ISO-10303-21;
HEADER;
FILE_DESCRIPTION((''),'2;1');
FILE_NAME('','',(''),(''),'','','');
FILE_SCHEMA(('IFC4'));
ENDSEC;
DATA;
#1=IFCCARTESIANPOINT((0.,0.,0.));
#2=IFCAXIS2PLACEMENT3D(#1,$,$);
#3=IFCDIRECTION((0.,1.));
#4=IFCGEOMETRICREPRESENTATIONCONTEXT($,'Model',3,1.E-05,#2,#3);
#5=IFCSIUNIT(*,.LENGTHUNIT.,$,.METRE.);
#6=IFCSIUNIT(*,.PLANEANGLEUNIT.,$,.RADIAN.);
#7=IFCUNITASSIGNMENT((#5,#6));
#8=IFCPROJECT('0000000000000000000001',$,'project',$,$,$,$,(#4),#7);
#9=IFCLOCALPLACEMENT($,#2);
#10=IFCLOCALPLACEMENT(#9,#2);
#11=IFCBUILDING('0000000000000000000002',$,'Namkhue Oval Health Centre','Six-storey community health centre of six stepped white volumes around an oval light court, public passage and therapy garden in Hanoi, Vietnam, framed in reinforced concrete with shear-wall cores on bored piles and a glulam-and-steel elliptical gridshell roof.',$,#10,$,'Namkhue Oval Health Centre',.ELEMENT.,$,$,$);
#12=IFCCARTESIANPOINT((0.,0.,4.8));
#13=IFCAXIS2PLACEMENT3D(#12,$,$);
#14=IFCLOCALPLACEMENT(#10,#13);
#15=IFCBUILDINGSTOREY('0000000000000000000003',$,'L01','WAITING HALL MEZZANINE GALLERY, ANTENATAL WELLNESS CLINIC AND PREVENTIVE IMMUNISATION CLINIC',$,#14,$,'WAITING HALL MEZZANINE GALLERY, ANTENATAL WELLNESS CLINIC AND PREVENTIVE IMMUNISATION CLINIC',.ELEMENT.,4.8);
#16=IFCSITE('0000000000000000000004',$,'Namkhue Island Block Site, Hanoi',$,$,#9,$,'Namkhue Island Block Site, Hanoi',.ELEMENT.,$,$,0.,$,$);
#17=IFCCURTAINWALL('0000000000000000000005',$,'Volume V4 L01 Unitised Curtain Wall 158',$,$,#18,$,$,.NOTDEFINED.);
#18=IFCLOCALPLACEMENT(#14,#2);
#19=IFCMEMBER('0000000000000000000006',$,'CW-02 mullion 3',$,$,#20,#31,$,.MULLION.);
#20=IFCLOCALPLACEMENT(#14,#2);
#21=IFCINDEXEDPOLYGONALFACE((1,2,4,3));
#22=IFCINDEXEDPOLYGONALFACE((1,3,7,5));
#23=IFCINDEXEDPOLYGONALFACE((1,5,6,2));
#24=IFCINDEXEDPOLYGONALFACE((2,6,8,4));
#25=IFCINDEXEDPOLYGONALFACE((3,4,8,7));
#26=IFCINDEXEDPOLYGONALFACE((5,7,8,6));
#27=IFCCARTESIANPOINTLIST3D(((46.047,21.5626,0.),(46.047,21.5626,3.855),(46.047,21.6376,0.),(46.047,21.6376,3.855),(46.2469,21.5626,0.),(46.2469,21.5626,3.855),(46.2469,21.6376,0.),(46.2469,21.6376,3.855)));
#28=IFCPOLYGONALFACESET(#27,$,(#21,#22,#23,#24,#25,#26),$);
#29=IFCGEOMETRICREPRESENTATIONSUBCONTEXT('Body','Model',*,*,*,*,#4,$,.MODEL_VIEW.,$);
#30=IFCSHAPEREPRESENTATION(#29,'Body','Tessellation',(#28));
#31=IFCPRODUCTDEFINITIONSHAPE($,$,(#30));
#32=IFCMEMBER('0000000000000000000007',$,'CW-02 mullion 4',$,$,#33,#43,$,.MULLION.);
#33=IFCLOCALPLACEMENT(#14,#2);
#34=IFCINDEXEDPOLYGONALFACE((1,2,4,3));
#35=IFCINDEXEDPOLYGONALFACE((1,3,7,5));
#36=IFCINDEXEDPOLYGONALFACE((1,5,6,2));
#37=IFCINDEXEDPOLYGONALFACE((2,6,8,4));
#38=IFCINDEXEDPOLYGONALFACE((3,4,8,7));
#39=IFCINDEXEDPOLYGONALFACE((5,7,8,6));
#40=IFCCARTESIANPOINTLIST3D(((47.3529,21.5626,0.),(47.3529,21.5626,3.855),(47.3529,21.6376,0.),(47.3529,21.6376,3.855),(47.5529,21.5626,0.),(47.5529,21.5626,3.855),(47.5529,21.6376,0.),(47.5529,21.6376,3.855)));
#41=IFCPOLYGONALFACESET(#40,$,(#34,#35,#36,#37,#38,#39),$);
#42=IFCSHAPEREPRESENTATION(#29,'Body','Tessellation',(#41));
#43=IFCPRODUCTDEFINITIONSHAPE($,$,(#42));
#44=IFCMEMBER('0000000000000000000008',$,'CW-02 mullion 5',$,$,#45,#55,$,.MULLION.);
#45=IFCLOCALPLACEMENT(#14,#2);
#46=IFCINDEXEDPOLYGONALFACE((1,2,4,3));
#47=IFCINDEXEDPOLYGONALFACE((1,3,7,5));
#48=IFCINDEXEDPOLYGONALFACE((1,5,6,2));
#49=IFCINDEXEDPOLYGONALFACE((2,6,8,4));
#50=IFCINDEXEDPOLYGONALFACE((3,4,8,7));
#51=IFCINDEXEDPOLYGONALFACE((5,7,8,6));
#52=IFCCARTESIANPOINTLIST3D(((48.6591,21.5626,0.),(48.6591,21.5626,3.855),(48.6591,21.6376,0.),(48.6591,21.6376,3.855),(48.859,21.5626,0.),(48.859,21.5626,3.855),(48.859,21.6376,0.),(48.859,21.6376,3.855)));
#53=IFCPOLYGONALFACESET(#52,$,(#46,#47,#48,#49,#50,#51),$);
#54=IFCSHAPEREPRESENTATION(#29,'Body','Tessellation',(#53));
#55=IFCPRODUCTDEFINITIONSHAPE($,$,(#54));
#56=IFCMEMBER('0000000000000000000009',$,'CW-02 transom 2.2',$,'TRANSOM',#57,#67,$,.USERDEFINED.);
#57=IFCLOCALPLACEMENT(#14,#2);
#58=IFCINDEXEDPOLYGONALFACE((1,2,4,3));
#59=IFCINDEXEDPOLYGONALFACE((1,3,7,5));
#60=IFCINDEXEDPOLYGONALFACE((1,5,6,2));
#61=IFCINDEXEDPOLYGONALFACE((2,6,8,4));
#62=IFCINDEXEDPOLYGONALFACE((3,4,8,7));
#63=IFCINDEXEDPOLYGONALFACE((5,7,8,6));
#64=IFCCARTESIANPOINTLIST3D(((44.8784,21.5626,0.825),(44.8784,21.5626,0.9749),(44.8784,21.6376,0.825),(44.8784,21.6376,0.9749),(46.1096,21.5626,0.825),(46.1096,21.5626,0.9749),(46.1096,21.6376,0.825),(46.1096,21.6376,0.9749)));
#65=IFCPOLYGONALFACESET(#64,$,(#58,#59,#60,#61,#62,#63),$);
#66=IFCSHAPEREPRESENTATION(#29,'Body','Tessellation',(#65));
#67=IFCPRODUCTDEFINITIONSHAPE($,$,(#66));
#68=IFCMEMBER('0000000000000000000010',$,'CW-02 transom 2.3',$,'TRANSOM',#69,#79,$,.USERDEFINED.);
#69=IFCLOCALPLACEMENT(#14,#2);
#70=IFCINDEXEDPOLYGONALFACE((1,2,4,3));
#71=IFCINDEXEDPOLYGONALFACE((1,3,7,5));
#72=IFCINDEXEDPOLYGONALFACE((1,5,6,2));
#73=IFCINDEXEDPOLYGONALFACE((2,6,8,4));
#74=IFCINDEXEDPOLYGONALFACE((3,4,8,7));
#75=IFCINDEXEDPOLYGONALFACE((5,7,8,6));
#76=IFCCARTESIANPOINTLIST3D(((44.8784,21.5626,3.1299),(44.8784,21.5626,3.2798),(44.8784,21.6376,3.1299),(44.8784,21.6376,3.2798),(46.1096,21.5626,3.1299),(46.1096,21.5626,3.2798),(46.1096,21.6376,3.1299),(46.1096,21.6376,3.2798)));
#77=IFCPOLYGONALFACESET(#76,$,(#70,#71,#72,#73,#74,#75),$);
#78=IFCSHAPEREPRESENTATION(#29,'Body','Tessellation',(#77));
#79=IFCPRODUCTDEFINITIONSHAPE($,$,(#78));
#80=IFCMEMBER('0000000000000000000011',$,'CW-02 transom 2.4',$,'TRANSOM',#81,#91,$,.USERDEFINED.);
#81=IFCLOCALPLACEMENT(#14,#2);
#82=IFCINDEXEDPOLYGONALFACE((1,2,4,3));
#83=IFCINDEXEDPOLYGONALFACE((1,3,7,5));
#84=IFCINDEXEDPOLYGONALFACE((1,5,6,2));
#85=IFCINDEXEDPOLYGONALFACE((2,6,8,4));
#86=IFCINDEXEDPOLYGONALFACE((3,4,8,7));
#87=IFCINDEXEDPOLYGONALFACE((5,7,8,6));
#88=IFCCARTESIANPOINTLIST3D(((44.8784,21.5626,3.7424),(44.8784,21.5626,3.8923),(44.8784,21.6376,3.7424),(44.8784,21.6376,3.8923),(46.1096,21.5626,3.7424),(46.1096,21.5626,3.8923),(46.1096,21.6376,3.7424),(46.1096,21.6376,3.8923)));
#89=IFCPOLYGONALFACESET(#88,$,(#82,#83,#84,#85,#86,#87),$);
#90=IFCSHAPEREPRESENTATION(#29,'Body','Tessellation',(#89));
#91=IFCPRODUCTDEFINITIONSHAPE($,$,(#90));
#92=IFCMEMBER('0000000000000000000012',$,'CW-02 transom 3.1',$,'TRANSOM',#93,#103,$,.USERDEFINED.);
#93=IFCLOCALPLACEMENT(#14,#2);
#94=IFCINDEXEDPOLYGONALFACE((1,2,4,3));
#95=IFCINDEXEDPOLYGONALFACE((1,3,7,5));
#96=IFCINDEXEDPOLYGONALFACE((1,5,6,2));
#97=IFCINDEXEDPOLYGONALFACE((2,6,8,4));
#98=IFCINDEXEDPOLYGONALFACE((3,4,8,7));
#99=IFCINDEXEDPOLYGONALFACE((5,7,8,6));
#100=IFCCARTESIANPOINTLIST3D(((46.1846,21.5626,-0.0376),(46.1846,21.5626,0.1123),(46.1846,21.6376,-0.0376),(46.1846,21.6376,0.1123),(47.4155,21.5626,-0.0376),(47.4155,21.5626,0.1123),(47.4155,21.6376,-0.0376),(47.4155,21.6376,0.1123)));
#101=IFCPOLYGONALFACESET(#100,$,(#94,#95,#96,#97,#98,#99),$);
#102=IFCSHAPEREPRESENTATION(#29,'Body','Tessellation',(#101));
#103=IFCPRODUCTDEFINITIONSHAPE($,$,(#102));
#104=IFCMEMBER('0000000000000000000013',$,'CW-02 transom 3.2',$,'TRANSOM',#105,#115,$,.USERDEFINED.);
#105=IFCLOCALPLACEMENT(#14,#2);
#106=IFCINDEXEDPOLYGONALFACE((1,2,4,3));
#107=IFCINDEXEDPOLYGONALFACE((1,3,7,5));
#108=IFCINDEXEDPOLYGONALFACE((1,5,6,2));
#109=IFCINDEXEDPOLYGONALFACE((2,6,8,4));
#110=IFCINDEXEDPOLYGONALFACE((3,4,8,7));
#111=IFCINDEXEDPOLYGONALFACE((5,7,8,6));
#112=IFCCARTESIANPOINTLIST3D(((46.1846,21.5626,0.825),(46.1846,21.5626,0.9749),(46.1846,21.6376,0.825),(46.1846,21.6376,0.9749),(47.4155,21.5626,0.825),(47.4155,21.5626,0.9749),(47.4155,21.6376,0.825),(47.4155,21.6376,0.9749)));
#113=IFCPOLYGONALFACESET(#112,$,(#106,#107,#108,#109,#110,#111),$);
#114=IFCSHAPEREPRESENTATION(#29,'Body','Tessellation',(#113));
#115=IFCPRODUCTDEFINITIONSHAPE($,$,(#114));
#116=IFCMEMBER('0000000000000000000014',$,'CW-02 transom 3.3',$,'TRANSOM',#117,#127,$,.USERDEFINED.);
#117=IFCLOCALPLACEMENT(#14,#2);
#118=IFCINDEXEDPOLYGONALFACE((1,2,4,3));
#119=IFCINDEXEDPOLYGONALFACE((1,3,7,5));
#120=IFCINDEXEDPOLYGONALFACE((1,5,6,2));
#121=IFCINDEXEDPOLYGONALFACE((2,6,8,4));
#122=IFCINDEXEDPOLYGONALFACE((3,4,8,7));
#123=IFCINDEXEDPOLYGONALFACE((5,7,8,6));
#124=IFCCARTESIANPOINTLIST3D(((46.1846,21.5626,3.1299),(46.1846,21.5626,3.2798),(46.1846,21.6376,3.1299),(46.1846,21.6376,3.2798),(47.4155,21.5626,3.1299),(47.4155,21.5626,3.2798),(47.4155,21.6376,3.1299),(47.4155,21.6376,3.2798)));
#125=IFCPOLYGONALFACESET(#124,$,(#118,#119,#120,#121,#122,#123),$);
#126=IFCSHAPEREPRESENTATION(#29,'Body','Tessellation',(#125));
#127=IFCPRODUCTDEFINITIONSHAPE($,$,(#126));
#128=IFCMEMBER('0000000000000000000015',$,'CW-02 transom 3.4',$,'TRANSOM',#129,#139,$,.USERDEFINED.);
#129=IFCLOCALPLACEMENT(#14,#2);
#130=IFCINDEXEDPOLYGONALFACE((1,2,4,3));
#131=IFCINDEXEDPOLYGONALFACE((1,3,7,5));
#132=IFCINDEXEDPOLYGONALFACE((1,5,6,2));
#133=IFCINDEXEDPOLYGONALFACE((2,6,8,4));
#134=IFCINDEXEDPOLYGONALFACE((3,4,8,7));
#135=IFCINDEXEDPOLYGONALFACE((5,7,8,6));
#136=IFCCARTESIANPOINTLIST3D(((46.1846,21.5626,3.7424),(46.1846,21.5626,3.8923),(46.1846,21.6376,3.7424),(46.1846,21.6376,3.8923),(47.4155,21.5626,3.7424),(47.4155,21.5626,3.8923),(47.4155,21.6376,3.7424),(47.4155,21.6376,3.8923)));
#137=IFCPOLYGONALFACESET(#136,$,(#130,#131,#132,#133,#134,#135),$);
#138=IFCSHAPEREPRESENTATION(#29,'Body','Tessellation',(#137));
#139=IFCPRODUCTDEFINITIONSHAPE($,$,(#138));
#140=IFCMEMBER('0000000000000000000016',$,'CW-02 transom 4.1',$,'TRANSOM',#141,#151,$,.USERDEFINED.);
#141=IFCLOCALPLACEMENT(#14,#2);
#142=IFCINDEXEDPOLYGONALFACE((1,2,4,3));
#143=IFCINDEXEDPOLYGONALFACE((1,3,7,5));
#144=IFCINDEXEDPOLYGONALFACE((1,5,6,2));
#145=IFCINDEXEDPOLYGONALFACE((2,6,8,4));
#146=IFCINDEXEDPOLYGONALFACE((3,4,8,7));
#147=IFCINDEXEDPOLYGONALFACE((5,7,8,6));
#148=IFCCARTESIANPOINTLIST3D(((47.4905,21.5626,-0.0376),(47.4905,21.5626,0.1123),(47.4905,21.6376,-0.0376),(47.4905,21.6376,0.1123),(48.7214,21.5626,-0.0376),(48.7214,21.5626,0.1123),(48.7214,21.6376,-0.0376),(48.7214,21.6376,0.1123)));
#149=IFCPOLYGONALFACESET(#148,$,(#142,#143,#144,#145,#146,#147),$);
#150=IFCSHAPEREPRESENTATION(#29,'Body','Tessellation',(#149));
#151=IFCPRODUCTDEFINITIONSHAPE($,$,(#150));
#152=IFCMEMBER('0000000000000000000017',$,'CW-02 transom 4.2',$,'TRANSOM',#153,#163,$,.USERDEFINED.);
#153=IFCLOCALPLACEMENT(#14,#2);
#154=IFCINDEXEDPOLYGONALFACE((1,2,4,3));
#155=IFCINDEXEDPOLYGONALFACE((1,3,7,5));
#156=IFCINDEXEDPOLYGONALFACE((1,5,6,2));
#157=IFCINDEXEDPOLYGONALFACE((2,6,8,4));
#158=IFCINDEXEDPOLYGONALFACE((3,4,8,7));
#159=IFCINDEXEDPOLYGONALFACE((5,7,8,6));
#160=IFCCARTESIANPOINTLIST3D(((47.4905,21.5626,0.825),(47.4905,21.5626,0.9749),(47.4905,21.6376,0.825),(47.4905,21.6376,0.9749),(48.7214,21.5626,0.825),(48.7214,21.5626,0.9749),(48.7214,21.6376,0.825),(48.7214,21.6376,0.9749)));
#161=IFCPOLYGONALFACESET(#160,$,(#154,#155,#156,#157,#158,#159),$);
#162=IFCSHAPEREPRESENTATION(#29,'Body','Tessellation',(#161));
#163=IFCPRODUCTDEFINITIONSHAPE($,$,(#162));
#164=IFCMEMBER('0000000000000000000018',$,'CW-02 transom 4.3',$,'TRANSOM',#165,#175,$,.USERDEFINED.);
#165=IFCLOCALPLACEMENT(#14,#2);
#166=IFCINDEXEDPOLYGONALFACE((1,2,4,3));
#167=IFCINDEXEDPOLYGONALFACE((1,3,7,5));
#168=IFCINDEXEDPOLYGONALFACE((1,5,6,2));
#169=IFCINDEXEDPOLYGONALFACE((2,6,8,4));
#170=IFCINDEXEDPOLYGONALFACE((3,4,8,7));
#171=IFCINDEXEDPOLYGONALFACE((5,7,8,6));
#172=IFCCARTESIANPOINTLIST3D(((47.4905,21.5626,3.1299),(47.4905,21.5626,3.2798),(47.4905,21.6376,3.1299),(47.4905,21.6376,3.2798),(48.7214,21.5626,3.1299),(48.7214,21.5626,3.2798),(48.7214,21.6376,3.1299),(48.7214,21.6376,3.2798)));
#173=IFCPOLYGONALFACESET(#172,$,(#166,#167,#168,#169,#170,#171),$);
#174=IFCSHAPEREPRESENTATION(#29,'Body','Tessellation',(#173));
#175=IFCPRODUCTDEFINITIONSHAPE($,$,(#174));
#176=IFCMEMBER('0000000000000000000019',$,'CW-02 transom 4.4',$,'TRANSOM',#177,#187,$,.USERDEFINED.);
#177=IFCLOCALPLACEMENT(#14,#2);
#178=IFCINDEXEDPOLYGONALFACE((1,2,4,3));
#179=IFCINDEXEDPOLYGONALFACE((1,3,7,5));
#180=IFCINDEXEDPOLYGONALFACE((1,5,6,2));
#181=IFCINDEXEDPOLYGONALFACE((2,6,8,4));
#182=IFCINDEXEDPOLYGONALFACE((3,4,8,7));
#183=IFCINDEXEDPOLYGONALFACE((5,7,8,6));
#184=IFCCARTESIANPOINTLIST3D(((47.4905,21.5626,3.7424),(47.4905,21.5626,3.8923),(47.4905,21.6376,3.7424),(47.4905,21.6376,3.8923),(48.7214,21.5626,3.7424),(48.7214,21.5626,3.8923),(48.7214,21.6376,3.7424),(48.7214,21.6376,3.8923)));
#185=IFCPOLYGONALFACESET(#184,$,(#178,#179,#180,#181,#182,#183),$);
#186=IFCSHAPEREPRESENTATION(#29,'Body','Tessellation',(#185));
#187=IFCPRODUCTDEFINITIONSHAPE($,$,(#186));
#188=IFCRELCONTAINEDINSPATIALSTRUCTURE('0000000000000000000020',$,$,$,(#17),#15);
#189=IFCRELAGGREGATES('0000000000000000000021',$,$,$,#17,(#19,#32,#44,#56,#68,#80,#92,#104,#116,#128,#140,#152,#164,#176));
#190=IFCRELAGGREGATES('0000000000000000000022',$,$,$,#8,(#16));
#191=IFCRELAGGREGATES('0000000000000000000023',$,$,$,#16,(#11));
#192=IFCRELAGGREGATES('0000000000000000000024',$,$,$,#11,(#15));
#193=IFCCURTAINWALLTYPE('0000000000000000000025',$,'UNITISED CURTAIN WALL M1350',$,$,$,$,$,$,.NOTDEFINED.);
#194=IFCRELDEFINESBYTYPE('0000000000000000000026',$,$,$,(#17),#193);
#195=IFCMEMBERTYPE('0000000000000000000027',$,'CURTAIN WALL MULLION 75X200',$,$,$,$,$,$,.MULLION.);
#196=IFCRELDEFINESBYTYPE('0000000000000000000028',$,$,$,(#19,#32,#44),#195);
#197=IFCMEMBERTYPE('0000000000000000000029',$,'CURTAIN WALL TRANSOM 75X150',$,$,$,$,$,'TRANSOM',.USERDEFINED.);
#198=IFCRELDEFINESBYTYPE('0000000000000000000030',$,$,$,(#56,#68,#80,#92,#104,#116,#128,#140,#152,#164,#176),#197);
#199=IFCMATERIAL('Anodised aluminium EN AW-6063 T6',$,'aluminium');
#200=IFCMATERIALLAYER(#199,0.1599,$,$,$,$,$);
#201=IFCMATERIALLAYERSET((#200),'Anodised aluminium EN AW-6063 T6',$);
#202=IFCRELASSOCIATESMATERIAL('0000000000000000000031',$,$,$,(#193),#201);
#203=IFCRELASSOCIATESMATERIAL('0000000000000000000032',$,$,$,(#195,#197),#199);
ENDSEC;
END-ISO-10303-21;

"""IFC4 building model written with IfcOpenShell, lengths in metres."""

from ifc_helpers import new_model, si_unit, direction, frame, origin, origin_2d, place, context, subcontext, project, spatial, rectangle, extrude, material, layer, layer_set, material_profile, profile_set, type_object, element, aggregate, save


model = new_model("IFC4")

# Units and contexts
model_context = context("Model", 3, precision=1e-05, world=origin(), true_north=direction((0.0, 1.0)))
body_context = subcontext(model_context, "Body", "Model", "MODEL_VIEW")
ifc_project = project(units=[si_unit("LENGTHUNIT", "METRE"), si_unit("PLANEANGLEUNIT", "RADIAN")], contexts=[model_context])

# Site, building, storey
site_placement = place(None, origin())
site = spatial("IfcSite", under=ifc_project, at=site_placement, Name="Namkhue Island Block Site, Hanoi", LongName="Namkhue Island Block Site, Hanoi", CompositionType="ELEMENT", RefElevation=0.0)
building_placement = place(site_placement, origin())
building = spatial("IfcBuilding", under=site, at=building_placement, Name="Namkhue Oval Health Centre", Description="Six-storey community health centre of six stepped white volumes around an oval light court, public passage and therapy garden in Hanoi, Vietnam, framed in reinforced concrete with shear-wall cores on bored piles and a glulam-and-steel elliptical gridshell roof.", LongName="Namkhue Oval Health Centre", CompositionType="ELEMENT")
storey_placement = place(building_placement, frame((0.0, 0.0, 4.8)))
storey = spatial("IfcBuildingStorey", under=building, at=storey_placement, Name="L01", Description="WAITING HALL MEZZANINE GALLERY, ANTENATAL WELLNESS CLINIC AND PREVENTIVE IMMUNISATION CLINIC", LongName="WAITING HALL MEZZANINE GALLERY, ANTENATAL WELLNESS CLINIC AND PREVENTIVE IMMUNISATION CLINIC", CompositionType="ELEMENT", Elevation=4.8)

# Curtain wall, members
ifc_material_1 = material(Name="Anodised aluminium EN AW-6063 T6", Category="aluminium")
ifc_layer_1 = layer(ifc_material_1, 0.1599)
ifc_layer_set_1 = layer_set([ifc_layer_1], Name="Anodised aluminium EN AW-6063 T6")
curtain_wall_type = type_object("IfcCurtainWallType", Name="UNITISED CURTAIN WALL M1350", PredefinedType="NOTDEFINED", material=ifc_layer_set_1)
curtain_wall_placement = place(storey_placement, origin())
curtain_wall = element("IfcCurtainWall", 1, at=curtain_wall_placement, inside=storey, type_object=curtain_wall_type, Name="Volume V4 L01 Unitised Curtain Wall 158", PredefinedType="NOTDEFINED")
ifc_material_profile_1 = material_profile(ifc_material_1, rectangle(XDim=0.075, YDim=0.2, at=origin_2d()), Name="ALU 75x200")
ifc_profile_set_1 = profile_set([ifc_material_profile_1], Name="Anodised aluminium EN AW-6063 T6")
member_type_1 = type_object("IfcMemberType", Name="CURTAIN WALL MULLION 75X200", PredefinedType="MULLION", material=ifc_profile_set_1)
member_1_placement = place(storey_placement, frame((46.147, 21.6001, 0.0), z_axis=(0.0, 0.0, 1.0), x_axis=(0.0, 1.0, 0.0)))
member_1 = element("IfcMember", 2, at=member_1_placement, type_object=member_type_1, Name="CW-02 mullion 3", PredefinedType="MULLION", context=body_context, shape_type="SweptSolid", body=[
    extrude(rectangle(XDim=0.075, YDim=0.2, at=origin_2d()), origin(), (0.0, 0.0, 1.0), 3.855),
])
member_2_placement = place(storey_placement, frame((47.4529, 21.6001, 0.0), z_axis=(0.0, 0.0, 1.0), x_axis=(0.0, 1.0, 0.0)))
member_2 = element("IfcMember", 3, at=member_2_placement, type_object=member_type_1, Name="CW-02 mullion 4", PredefinedType="MULLION", context=body_context, shape_type="SweptSolid", body=[
    extrude(rectangle(XDim=0.075, YDim=0.2, at=origin_2d()), origin(), (0.0, 0.0, 1.0), 3.855),
])
member_3_placement = place(storey_placement, frame((48.759, 21.6001, 0.0), z_axis=(0.0, 0.0, 1.0), x_axis=(0.0, 1.0, 0.0)))
member_3 = element("IfcMember", 4, at=member_3_placement, type_object=member_type_1, Name="CW-02 mullion 5", PredefinedType="MULLION", context=body_context, shape_type="SweptSolid", body=[
    extrude(rectangle(XDim=0.075, YDim=0.2, at=origin_2d()), origin(), (0.0, 0.0, 1.0), 3.855),
])
ifc_material_profile_2 = material_profile(ifc_material_1, rectangle(XDim=0.075, YDim=0.1499, at=origin_2d()), Name="ALU 75x150")
ifc_profile_set_2 = profile_set([ifc_material_profile_2], Name="Anodised aluminium EN AW-6063 T6")
member_type_2 = type_object("IfcMemberType", Name="CURTAIN WALL TRANSOM 75X150", ElementType="TRANSOM", PredefinedType="USERDEFINED", material=ifc_profile_set_2)
member_4_placement = place(storey_placement, frame((44.8784, 21.6001, 0.8999), z_axis=(1.0, 0.0, 0.0), x_axis=(0.0, 1.0, 0.0)))
member_4 = element("IfcMember", 5, at=member_4_placement, type_object=member_type_2, Name="CW-02 transom 2.2", ObjectType="TRANSOM", PredefinedType="USERDEFINED", context=body_context, shape_type="SweptSolid", body=[
    extrude(rectangle(XDim=0.075, YDim=0.1499, at=origin_2d()), origin(), (0.0, 0.0, 1.0), 1.2312),
])
member_5_placement = place(storey_placement, frame((44.8784, 21.6001, 3.2048), z_axis=(1.0, 0.0, 0.0), x_axis=(0.0, 1.0, 0.0)))
member_5 = element("IfcMember", 6, at=member_5_placement, type_object=member_type_2, Name="CW-02 transom 2.3", ObjectType="TRANSOM", PredefinedType="USERDEFINED", context=body_context, shape_type="SweptSolid", body=[
    extrude(rectangle(XDim=0.075, YDim=0.1499, at=origin_2d()), origin(), (0.0, 0.0, 1.0), 1.2312),
])
member_6_placement = place(storey_placement, frame((44.8784, 21.6001, 3.8174), z_axis=(1.0, 0.0, 0.0), x_axis=(0.0, 1.0, 0.0)))
member_6 = element("IfcMember", 7, at=member_6_placement, type_object=member_type_2, Name="CW-02 transom 2.4", ObjectType="TRANSOM", PredefinedType="USERDEFINED", context=body_context, shape_type="SweptSolid", body=[
    extrude(rectangle(XDim=0.075, YDim=0.1499, at=origin_2d()), origin(), (0.0, 0.0, 1.0), 1.2312),
])
member_7_placement = place(storey_placement, frame((46.1846, 21.6001, 0.0374), z_axis=(1.0, 0.0, 0.0), x_axis=(0.0, 1.0, 0.0)))
member_7 = element("IfcMember", 8, at=member_7_placement, type_object=member_type_2, Name="CW-02 transom 3.1", ObjectType="TRANSOM", PredefinedType="USERDEFINED", context=body_context, shape_type="SweptSolid", body=[
    extrude(rectangle(XDim=0.075, YDim=0.1499, at=origin_2d()), origin(), (0.0, 0.0, 1.0), 1.231),
])
member_8_placement = place(storey_placement, frame((46.1846, 21.6001, 0.8999), z_axis=(1.0, 0.0, 0.0), x_axis=(0.0, 1.0, 0.0)))
member_8 = element("IfcMember", 9, at=member_8_placement, type_object=member_type_2, Name="CW-02 transom 3.2", ObjectType="TRANSOM", PredefinedType="USERDEFINED", context=body_context, shape_type="SweptSolid", body=[
    extrude(rectangle(XDim=0.075, YDim=0.1499, at=origin_2d()), origin(), (0.0, 0.0, 1.0), 1.231),
])
member_9_placement = place(storey_placement, frame((46.1846, 21.6001, 3.2048), z_axis=(1.0, 0.0, 0.0), x_axis=(0.0, 1.0, 0.0)))
member_9 = element("IfcMember", 10, at=member_9_placement, type_object=member_type_2, Name="CW-02 transom 3.3", ObjectType="TRANSOM", PredefinedType="USERDEFINED", context=body_context, shape_type="SweptSolid", body=[
    extrude(rectangle(XDim=0.075, YDim=0.1499, at=origin_2d()), origin(), (0.0, 0.0, 1.0), 1.231),
])
member_10_placement = place(storey_placement, frame((46.1846, 21.6001, 3.8174), z_axis=(1.0, 0.0, 0.0), x_axis=(0.0, 1.0, 0.0)))
member_10 = element("IfcMember", 11, at=member_10_placement, type_object=member_type_2, Name="CW-02 transom 3.4", ObjectType="TRANSOM", PredefinedType="USERDEFINED", context=body_context, shape_type="SweptSolid", body=[
    extrude(rectangle(XDim=0.075, YDim=0.1499, at=origin_2d()), origin(), (0.0, 0.0, 1.0), 1.231),
])
member_11_placement = place(storey_placement, frame((47.4905, 21.6001, 0.0374), z_axis=(1.0, 0.0, 0.0), x_axis=(0.0, 1.0, 0.0)))
member_11 = element("IfcMember", 12, at=member_11_placement, type_object=member_type_2, Name="CW-02 transom 4.1", ObjectType="TRANSOM", PredefinedType="USERDEFINED", context=body_context, shape_type="SweptSolid", body=[
    extrude(rectangle(XDim=0.075, YDim=0.1499, at=origin_2d()), origin(), (0.0, 0.0, 1.0), 1.231),
])
member_12_placement = place(storey_placement, frame((47.4905, 21.6001, 0.8999), z_axis=(1.0, 0.0, 0.0), x_axis=(0.0, 1.0, 0.0)))
member_12 = element("IfcMember", 13, at=member_12_placement, type_object=member_type_2, Name="CW-02 transom 4.2", ObjectType="TRANSOM", PredefinedType="USERDEFINED", context=body_context, shape_type="SweptSolid", body=[
    extrude(rectangle(XDim=0.075, YDim=0.1499, at=origin_2d()), origin(), (0.0, 0.0, 1.0), 1.231),
])
member_13_placement = place(storey_placement, frame((47.4905, 21.6001, 3.2048), z_axis=(1.0, 0.0, 0.0), x_axis=(0.0, 1.0, 0.0)))
member_13 = element("IfcMember", 14, at=member_13_placement, type_object=member_type_2, Name="CW-02 transom 4.3", ObjectType="TRANSOM", PredefinedType="USERDEFINED", context=body_context, shape_type="SweptSolid", body=[
    extrude(rectangle(XDim=0.075, YDim=0.1499, at=origin_2d()), origin(), (0.0, 0.0, 1.0), 1.231),
])
member_14_placement = place(storey_placement, frame((47.4905, 21.6001, 3.8174), z_axis=(1.0, 0.0, 0.0), x_axis=(0.0, 1.0, 0.0)))
member_14 = element("IfcMember", 15, at=member_14_placement, type_object=member_type_2, Name="CW-02 transom 4.4", ObjectType="TRANSOM", PredefinedType="USERDEFINED", context=body_context, shape_type="SweptSolid", body=[
    extrude(rectangle(XDim=0.075, YDim=0.1499, at=origin_2d()), origin(), (0.0, 0.0, 1.0), 1.231),
])
aggregate(curtain_wall, [member_1, member_2, member_3, member_4, member_5, member_6, member_7, member_8, member_9, member_10, member_11, member_12, member_13, member_14])

save(model, "model.ifc")
